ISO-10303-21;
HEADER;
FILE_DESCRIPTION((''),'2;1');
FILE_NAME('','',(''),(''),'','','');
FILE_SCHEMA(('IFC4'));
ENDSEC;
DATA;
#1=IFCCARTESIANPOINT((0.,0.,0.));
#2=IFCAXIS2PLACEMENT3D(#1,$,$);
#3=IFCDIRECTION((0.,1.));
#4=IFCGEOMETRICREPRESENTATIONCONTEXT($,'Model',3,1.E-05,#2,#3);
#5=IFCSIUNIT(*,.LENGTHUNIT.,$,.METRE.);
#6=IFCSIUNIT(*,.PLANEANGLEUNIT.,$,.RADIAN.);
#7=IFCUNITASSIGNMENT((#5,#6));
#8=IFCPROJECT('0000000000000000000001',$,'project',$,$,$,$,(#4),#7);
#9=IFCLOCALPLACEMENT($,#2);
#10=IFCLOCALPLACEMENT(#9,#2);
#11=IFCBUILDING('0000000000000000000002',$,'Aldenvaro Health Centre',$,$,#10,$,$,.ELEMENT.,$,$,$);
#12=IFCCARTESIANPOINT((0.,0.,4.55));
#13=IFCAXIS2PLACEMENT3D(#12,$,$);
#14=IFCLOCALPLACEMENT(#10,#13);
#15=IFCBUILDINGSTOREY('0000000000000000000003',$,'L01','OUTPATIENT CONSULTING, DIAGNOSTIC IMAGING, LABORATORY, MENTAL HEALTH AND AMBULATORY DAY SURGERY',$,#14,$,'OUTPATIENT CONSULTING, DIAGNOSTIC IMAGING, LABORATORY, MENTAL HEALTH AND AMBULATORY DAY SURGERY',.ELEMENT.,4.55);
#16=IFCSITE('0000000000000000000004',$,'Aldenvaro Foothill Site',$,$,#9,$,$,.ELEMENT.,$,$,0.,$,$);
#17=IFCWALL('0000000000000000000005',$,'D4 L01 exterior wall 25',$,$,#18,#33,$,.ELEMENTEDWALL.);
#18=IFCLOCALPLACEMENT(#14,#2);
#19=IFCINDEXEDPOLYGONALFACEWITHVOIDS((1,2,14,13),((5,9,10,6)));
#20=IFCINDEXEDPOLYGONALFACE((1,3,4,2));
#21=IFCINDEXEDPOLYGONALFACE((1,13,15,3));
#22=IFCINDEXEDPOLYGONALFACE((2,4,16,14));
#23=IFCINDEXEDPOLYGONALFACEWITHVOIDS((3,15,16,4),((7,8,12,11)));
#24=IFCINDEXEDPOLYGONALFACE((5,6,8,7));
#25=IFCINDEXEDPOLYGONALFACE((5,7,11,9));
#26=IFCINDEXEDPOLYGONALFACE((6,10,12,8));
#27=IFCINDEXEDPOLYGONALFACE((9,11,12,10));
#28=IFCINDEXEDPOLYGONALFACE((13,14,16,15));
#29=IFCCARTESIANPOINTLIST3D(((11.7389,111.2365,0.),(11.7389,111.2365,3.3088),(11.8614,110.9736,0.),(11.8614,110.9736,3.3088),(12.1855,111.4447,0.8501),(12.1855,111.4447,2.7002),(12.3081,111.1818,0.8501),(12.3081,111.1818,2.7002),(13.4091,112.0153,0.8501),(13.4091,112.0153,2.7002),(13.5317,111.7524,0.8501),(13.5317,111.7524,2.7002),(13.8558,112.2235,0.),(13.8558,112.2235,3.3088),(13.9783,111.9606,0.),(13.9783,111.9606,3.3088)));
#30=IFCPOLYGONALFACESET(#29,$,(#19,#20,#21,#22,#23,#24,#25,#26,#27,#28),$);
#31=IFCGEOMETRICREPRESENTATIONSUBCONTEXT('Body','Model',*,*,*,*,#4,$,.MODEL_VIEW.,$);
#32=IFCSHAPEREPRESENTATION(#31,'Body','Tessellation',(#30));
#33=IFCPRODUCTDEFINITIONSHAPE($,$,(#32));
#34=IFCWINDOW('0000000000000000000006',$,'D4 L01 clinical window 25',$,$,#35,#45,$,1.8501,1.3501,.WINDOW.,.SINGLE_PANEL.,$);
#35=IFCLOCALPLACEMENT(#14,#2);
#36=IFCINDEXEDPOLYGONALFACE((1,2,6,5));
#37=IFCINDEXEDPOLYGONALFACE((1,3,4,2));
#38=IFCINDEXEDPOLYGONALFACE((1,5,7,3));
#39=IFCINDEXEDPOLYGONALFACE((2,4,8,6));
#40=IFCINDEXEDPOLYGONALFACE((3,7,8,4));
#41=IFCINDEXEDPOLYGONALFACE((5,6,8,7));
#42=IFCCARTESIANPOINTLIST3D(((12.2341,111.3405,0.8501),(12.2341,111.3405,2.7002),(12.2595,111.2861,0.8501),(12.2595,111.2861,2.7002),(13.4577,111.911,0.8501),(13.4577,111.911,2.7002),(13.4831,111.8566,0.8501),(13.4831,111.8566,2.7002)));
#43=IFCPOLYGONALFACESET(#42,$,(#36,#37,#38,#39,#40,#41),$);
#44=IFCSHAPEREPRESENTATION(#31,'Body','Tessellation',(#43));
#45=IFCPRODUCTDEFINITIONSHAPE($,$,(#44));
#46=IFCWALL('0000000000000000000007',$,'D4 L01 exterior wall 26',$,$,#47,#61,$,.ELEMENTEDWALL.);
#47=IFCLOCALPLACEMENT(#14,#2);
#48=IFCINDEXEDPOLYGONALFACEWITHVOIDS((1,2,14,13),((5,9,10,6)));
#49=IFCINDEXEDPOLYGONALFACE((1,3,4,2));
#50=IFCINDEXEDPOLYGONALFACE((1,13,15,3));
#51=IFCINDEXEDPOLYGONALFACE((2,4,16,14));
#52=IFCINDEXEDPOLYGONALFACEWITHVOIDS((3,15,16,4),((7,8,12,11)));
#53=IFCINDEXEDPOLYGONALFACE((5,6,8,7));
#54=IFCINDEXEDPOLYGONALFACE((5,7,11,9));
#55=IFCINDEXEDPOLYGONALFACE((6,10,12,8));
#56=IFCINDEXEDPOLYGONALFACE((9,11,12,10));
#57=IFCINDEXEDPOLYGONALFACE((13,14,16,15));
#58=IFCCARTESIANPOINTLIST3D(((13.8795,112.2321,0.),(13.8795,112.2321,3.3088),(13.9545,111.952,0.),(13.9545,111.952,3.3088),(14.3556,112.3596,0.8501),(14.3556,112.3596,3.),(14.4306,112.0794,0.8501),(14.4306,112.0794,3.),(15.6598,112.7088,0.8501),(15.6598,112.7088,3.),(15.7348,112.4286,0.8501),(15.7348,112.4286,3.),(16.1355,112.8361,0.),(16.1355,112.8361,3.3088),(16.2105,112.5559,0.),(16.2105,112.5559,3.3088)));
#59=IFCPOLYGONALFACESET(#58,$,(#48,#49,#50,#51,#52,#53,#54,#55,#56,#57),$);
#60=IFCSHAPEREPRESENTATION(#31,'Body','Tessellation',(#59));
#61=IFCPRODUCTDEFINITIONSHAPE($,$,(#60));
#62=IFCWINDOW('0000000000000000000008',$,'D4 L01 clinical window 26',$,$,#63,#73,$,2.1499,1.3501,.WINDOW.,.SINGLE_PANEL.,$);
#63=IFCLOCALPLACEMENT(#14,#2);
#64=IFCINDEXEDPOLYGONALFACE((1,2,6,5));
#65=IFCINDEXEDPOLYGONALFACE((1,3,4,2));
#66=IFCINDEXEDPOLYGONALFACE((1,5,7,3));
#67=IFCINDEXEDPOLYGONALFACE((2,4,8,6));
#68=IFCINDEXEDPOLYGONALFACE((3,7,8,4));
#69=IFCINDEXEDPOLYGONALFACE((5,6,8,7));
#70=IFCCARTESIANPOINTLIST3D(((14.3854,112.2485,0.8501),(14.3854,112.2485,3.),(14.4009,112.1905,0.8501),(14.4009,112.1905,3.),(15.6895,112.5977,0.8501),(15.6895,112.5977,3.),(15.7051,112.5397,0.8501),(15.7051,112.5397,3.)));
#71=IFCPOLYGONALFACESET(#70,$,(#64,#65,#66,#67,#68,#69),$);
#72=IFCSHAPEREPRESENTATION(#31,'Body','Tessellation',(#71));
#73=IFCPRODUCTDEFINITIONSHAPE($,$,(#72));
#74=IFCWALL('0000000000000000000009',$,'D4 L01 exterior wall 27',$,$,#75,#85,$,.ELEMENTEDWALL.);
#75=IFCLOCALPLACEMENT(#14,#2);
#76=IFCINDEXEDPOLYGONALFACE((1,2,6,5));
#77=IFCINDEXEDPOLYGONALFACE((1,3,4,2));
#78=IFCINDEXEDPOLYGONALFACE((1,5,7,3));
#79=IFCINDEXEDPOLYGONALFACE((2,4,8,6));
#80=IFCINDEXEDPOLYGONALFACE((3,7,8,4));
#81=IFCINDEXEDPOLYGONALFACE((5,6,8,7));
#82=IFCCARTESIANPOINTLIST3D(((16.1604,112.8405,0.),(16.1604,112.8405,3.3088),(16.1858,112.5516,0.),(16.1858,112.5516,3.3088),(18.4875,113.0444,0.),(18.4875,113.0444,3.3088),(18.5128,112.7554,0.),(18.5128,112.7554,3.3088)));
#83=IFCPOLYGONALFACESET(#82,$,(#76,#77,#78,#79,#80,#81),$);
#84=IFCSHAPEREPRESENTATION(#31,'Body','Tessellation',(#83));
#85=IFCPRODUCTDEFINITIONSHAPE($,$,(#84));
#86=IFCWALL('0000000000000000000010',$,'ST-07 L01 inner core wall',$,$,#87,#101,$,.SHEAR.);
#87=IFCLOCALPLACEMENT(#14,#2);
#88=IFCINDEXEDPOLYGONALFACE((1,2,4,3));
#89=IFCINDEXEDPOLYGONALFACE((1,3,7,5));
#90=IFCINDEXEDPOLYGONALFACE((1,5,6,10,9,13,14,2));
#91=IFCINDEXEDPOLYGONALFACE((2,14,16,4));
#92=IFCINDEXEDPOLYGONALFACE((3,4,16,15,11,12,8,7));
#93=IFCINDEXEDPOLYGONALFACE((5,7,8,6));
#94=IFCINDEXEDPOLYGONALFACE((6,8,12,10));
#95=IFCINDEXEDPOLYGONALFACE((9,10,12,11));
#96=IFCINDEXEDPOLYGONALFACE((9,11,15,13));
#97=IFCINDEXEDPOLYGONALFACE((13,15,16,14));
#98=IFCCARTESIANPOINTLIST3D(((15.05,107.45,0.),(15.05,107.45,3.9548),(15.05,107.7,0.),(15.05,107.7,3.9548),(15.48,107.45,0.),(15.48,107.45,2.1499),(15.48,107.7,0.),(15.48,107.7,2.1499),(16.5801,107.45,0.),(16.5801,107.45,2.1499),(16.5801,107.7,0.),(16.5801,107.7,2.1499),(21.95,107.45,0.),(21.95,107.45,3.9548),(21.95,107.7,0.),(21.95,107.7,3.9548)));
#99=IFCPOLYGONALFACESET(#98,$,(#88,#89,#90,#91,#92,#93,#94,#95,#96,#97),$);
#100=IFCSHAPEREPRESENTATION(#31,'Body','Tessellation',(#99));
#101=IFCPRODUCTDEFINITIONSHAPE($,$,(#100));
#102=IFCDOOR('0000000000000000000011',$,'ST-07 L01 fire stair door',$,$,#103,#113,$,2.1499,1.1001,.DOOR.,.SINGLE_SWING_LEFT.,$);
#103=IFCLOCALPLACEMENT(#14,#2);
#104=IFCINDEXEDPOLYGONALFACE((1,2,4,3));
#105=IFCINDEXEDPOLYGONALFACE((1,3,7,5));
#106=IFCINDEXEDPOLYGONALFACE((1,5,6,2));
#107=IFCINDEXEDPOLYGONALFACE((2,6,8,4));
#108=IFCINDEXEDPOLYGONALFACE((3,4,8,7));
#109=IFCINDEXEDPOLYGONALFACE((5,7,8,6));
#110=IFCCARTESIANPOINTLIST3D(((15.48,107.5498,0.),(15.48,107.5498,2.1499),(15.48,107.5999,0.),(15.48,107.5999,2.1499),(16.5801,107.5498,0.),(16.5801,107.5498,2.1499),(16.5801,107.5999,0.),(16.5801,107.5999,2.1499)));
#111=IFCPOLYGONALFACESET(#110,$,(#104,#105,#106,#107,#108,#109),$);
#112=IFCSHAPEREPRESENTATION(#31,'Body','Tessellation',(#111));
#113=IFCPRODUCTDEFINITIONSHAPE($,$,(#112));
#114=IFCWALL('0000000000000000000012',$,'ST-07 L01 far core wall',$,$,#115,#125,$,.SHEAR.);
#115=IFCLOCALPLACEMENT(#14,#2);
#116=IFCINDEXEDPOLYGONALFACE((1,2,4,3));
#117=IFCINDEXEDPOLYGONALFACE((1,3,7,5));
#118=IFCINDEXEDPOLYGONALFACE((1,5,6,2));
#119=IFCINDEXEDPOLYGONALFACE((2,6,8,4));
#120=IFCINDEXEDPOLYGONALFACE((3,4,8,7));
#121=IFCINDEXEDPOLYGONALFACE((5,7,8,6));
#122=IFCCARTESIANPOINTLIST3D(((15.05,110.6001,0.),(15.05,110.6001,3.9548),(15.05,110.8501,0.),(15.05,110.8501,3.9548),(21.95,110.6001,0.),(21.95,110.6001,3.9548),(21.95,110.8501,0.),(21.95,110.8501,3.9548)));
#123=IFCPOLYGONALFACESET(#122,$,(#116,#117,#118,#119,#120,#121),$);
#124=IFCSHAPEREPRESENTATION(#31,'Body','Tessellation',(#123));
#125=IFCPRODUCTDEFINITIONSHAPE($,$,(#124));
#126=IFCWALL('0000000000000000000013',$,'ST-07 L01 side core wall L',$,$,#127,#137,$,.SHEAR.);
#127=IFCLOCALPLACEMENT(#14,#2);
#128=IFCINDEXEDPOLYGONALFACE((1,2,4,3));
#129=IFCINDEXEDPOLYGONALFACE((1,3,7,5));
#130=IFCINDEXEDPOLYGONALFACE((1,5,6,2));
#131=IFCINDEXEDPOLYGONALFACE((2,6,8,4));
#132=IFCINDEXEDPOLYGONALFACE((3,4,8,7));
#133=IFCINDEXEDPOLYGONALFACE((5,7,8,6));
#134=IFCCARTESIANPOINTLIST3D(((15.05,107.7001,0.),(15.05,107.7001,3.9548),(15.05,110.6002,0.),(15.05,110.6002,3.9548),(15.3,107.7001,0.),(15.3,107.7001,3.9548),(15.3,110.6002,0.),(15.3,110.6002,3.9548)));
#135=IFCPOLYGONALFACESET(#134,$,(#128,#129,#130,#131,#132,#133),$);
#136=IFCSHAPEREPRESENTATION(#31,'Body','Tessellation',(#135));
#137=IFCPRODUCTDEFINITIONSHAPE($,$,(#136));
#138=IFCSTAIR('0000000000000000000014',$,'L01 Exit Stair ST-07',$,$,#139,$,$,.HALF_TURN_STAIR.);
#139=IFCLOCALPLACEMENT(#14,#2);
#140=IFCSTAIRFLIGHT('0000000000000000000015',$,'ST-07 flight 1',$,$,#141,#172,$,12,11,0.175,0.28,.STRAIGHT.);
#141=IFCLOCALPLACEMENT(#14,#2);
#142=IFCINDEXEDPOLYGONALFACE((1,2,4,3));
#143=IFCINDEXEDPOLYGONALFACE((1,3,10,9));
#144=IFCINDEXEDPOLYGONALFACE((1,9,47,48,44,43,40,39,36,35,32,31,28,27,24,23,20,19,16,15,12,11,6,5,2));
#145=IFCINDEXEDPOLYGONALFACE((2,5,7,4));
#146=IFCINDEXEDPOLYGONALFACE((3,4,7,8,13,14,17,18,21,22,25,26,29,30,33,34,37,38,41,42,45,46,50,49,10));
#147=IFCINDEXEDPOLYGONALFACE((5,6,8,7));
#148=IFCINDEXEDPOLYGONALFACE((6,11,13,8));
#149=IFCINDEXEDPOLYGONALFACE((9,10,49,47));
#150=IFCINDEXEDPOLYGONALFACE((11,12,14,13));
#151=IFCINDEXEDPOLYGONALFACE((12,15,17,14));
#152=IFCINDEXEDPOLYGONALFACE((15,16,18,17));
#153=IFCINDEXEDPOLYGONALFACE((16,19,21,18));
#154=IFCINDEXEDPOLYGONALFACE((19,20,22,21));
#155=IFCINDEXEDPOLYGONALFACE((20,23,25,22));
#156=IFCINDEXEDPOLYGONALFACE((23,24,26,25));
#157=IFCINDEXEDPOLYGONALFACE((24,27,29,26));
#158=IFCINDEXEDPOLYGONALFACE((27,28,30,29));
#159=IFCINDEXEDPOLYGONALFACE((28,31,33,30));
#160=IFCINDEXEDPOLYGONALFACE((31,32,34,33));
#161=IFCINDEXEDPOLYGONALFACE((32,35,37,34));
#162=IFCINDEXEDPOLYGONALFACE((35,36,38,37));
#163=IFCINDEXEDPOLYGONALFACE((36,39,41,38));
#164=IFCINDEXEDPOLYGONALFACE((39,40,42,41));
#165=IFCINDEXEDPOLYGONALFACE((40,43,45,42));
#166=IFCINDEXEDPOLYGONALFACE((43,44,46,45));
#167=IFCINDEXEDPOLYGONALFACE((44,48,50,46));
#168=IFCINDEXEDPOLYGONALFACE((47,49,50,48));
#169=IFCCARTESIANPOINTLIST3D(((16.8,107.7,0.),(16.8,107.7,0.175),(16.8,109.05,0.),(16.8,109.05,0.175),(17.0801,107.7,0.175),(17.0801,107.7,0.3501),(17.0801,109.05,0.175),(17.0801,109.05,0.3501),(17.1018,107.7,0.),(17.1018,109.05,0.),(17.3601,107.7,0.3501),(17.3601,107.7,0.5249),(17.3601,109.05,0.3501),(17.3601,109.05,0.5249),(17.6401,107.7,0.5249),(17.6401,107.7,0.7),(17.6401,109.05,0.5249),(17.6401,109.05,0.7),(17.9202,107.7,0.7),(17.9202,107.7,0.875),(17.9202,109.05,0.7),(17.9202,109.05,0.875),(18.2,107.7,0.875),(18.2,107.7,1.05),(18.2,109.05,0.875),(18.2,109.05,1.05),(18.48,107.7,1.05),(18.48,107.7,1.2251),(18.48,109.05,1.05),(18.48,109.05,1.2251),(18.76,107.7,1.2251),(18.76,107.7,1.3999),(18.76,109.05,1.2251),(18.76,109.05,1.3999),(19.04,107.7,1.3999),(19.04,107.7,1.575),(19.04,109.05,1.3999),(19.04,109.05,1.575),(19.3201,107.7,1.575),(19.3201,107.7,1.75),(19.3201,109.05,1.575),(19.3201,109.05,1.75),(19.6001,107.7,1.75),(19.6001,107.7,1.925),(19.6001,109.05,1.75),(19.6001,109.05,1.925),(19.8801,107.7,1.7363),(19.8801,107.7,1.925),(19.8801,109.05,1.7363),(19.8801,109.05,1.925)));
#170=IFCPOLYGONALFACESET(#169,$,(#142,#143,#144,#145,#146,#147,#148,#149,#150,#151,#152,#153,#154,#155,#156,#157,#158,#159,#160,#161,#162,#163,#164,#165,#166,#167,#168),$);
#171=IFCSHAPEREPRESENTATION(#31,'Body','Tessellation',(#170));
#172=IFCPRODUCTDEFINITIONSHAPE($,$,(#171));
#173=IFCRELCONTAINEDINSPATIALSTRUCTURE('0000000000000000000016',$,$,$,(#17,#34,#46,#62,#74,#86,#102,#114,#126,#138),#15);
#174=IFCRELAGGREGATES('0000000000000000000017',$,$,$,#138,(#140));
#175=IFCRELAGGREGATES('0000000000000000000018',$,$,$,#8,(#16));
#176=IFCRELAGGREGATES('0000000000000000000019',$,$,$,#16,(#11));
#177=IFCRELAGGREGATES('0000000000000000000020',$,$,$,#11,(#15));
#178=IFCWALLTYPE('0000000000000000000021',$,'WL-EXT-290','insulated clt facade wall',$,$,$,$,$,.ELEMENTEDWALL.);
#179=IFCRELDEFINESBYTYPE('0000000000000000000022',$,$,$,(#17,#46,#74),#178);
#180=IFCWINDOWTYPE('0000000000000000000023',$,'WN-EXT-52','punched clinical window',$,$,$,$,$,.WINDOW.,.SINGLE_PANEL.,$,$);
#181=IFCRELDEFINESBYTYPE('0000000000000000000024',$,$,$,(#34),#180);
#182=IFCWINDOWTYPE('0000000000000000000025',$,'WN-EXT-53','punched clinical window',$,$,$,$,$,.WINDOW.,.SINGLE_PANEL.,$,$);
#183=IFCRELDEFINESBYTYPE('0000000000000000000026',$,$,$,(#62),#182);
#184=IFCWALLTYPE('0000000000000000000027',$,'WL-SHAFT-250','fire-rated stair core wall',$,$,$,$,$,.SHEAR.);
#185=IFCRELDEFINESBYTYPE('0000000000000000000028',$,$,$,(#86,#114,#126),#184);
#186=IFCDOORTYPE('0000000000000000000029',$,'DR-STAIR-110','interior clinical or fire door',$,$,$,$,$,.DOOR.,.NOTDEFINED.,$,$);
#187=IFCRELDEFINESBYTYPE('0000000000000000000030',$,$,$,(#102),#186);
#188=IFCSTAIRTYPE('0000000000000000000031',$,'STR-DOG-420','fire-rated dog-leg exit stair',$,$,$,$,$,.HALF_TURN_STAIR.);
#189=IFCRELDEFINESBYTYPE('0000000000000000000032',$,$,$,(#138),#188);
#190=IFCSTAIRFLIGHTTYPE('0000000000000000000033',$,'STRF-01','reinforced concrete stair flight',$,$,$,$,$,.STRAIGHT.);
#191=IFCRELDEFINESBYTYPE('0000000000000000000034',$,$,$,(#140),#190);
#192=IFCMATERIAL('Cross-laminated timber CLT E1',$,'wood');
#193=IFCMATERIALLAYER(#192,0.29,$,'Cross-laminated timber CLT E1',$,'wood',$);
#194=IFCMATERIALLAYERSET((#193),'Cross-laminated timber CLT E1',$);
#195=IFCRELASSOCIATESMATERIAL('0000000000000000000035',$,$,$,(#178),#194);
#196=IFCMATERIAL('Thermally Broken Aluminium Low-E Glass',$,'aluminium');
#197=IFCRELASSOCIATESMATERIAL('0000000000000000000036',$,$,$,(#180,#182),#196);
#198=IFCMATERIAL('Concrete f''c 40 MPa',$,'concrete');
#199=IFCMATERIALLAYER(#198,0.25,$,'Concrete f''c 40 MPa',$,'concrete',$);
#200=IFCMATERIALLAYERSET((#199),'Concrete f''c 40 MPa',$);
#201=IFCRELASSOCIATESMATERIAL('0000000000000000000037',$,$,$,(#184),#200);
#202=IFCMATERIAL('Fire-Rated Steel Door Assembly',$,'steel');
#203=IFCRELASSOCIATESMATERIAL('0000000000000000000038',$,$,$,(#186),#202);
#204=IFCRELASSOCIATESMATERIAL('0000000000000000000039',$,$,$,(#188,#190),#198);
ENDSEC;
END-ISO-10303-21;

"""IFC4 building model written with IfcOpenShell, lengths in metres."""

from ifc_helpers import new_model, si_unit, direction, frame, frame_2d, origin, place, context, subcontext, project, spatial, polyline, rectangle, outline, extrude, material, layer, layer_set, type_object, element, fill, aggregate, save


model = new_model("IFC4")

# Units and contexts
model_context = context("Model", 3, precision=1e-05, world=origin(), true_north=direction((0.0, 1.0)))
body_context = subcontext(model_context, "Body", "Model", "MODEL_VIEW")
ifc_project = project(units=[si_unit("LENGTHUNIT", "METRE"), si_unit("PLANEANGLEUNIT", "RADIAN")], contexts=[model_context])

# Site, building, storey
site_placement = place(None, origin())
site = spatial("IfcSite", under=ifc_project, at=site_placement, Name="Aldenvaro Foothill Site", CompositionType="ELEMENT", RefElevation=0.0)
building_placement = place(site_placement, origin())
building = spatial("IfcBuilding", under=site, at=building_placement, Name="Aldenvaro Health Centre", CompositionType="ELEMENT")
storey_placement = place(building_placement, frame((0.0, 0.0, 4.55)))
storey = spatial("IfcBuildingStorey", under=building, at=storey_placement, Name="L01", Description="OUTPATIENT CONSULTING, DIAGNOSTIC IMAGING, LABORATORY, MENTAL HEALTH AND AMBULATORY DAY SURGERY", LongName="OUTPATIENT CONSULTING, DIAGNOSTIC IMAGING, LABORATORY, MENTAL HEALTH AND AMBULATORY DAY SURGERY", CompositionType="ELEMENT", Elevation=4.55)

# Walls, openings, windows
ifc_material_1 = material(Name="Cross-laminated timber CLT E1", Category="wood")
ifc_layer_1 = layer(ifc_material_1, 0.29, Name="Cross-laminated timber CLT E1", Category="wood")
ifc_layer_set_1 = layer_set([ifc_layer_1], Name="Cross-laminated timber CLT E1")
wall_type_1 = type_object("IfcWallType", Name="WL-EXT-290", Description="insulated clt facade wall", PredefinedType="ELEMENTEDWALL", material=ifc_layer_set_1)
wall_1_placement = place(storey_placement, frame((11.8, 111.105, 0.0), z_axis=(0.0, 0.0, 1.0), x_axis=(0.906322, 0.422588, 0.0)))
wall_1 = element("IfcWall", 1, at=wall_1_placement, inside=storey, type_object=wall_type_1, Name="D4 L01 exterior wall 25", PredefinedType="ELEMENTEDWALL", context=body_context, shape_type="SweptSolid", body=[
    extrude(rectangle(XDim=2.3357, YDim=0.29, at=frame_2d((1.168, 0.0))), origin(), (0.0, 0.0, 1.0), 3.3088),
])
opening_1_placement = place(wall_1_placement, frame((0.4929, 0.0, 0.8501)))
opening_1 = element("IfcOpeningElement", 2, at=opening_1_placement, cuts=wall_1, PredefinedType="OPENING", context=body_context, shape_type="SweptSolid", body=[
    extrude(rectangle(XDim=1.3501, YDim=1.8501, at=frame_2d((0.675, 0.925))), frame((0.0, 0.155, 0.0), z_axis=(0.0, -1.0, 0.0), x_axis=(1.0, 0.0, 0.0)), (0.0, 0.0, 1.0), 0.3101),
])
ifc_material_2 = material(Name="Thermally Broken Aluminium Low-E Glass", Category="aluminium")
window_type_1 = type_object("IfcWindowType", Name="WN-EXT-52", Description="punched clinical window", PartitioningType="SINGLE_PANEL", PredefinedType="WINDOW", material=ifc_material_2)
window_1_placement = place(opening_1_placement, origin())
window_1 = element("IfcWindow", 3, at=window_1_placement, inside=storey, type_object=window_type_1, Name="D4 L01 clinical window 25", OverallHeight=1.8501, OverallWidth=1.3501, PartitioningType="SINGLE_PANEL", PredefinedType="WINDOW", context=body_context, shape_type="SweptSolid", body=[
    extrude(rectangle(XDim=1.3501, YDim=1.8501, at=frame_2d((0.675, 0.925))), frame((0.0, 0.03, 0.0), z_axis=(0.0, -1.0, 0.0), x_axis=(1.0, 0.0, 0.0)), (0.0, 0.0, 1.0), 0.0601),
])
fill(opening_1, window_1)
wall_2_placement = place(storey_placement, frame((13.917, 112.092, 0.0), z_axis=(0.0, 0.0, 1.0), x_axis=(0.965981, 0.258612, 0.0)))
wall_2 = element("IfcWall", 4, at=wall_2_placement, inside=storey, type_object=wall_type_1, Name="D4 L01 exterior wall 26", PredefinedType="ELEMENTEDWALL", context=body_context, shape_type="SweptSolid", body=[
    extrude(rectangle(XDim=2.3354, YDim=0.29, at=frame_2d((1.1677, 0.0))), origin(), (0.0, 0.0, 1.0), 3.3088),
])
opening_2_placement = place(wall_2_placement, frame((0.4929, 0.0, 0.8501)))
opening_2 = element("IfcOpeningElement", 5, at=opening_2_placement, cuts=wall_2, PredefinedType="OPENING", context=body_context, shape_type="SweptSolid", body=[
    extrude(rectangle(XDim=1.3501, YDim=2.1499, at=frame_2d((0.675, 1.075))), frame((0.0, 0.155, 0.0), z_axis=(0.0, -1.0, 0.0), x_axis=(1.0, 0.0, 0.0)), (0.0, 0.0, 1.0), 0.3101),
])
window_type_2 = type_object("IfcWindowType", Name="WN-EXT-53", Description="punched clinical window", PartitioningType="SINGLE_PANEL", PredefinedType="WINDOW", material=ifc_material_2)
window_2_placement = place(opening_2_placement, origin())
window_2 = element("IfcWindow", 6, at=window_2_placement, inside=storey, type_object=window_type_2, Name="D4 L01 clinical window 26", OverallHeight=2.1499, OverallWidth=1.3501, PartitioningType="SINGLE_PANEL", PredefinedType="WINDOW", context=body_context, shape_type="SweptSolid", body=[
    extrude(rectangle(XDim=1.3501, YDim=2.1499, at=frame_2d((0.675, 1.075))), frame((0.0, 0.03, 0.0), z_axis=(0.0, -1.0, 0.0), x_axis=(1.0, 0.0, 0.0)), (0.0, 0.0, 1.0), 0.0601),
])
fill(opening_2, window_2)

# Wall
wall_3_placement = place(storey_placement, frame((16.1731, 112.696, 0.0), z_axis=(0.0, 0.0, 1.0), x_axis=(0.996184, 0.087275, 0.0)))
element("IfcWall", 7, at=wall_3_placement, inside=storey, type_object=wall_type_1, Name="D4 L01 exterior wall 27", PredefinedType="ELEMENTEDWALL", context=body_context, shape_type="SweptSolid", body=[
    extrude(rectangle(XDim=2.3359, YDim=0.29, at=frame_2d((1.168, 0.0))), origin(), (0.0, 0.0, 1.0), 3.3088),
])

# Wall, opening, door
ifc_material_3 = material(Name="Concrete f'c 40 MPa", Category="concrete")
ifc_layer_2 = layer(ifc_material_3, 0.25, Name="Concrete f'c 40 MPa", Category="concrete")
ifc_layer_set_2 = layer_set([ifc_layer_2], Name="Concrete f'c 40 MPa")
wall_type_2 = type_object("IfcWallType", Name="WL-SHAFT-250", Description="fire-rated stair core wall", PredefinedType="SHEAR", material=ifc_layer_set_2)
wall_4_placement = place(storey_placement, frame((15.05, 107.575, 0.0), z_axis=(0.0, 0.0, 1.0), x_axis=(1.0, 0.0, 0.0)))
wall_4 = element("IfcWall", 8, at=wall_4_placement, inside=storey, type_object=wall_type_2, Name="ST-07 L01 inner core wall", PredefinedType="SHEAR", context=body_context, shape_type="SweptSolid", body=[
    extrude(rectangle(XDim=6.8999, YDim=0.25, at=frame_2d((3.45, 0.0))), origin(), (0.0, 0.0, 1.0), 3.9548),
])
opening_3_placement = place(wall_4_placement, frame((0.4299, 0.0, 0.0)))
opening_3 = element("IfcOpeningElement", 9, at=opening_3_placement, cuts=wall_4, PredefinedType="OPENING", context=body_context, shape_type="SweptSolid", body=[
    extrude(rectangle(XDim=1.1001, YDim=2.1499, at=frame_2d((0.55, 1.075))), frame((0.0, 0.135, 0.0), z_axis=(0.0, -1.0, 0.0), x_axis=(1.0, 0.0, 0.0)), (0.0, 0.0, 1.0), 0.27),
])
ifc_material_4 = material(Name="Fire-Rated Steel Door Assembly", Category="steel")
door_type_1 = type_object("IfcDoorType", Name="DR-STAIR-110", Description="interior clinical or fire door", OperationType="NOTDEFINED", PredefinedType="DOOR", material=ifc_material_4)
door_1_placement = place(opening_3_placement, origin())
door_1 = element("IfcDoor", 10, at=door_1_placement, inside=storey, type_object=door_type_1, Name="ST-07 L01 fire stair door", OperationType="SINGLE_SWING_LEFT", OverallHeight=2.1499, OverallWidth=1.1001, PredefinedType="DOOR", context=body_context, shape_type="SweptSolid", body=[
    extrude(rectangle(XDim=1.1001, YDim=2.1499, at=frame_2d((0.55, 1.075))), frame((0.0, 0.0249, 0.0), z_axis=(0.0, -1.0, 0.0), x_axis=(1.0, 0.0, 0.0)), (0.0, 0.0, 1.0), 0.05),
])
fill(opening_3, door_1)

# Walls
wall_5_placement = place(storey_placement, frame((15.05, 110.7251, 0.0), z_axis=(0.0, 0.0, 1.0), x_axis=(1.0, 0.0, 0.0)))
element("IfcWall", 11, at=wall_5_placement, inside=storey, type_object=wall_type_2, Name="ST-07 L01 far core wall", PredefinedType="SHEAR", context=body_context, shape_type="SweptSolid", body=[
    extrude(rectangle(XDim=6.8999, YDim=0.25, at=frame_2d((3.45, 0.0))), origin(), (0.0, 0.0, 1.0), 3.9548),
])
wall_6_placement = place(storey_placement, frame((15.175, 107.7, 0.0), z_axis=(0.0, 0.0, 1.0), x_axis=(0.0, 1.0, 0.0)))
element("IfcWall", 12, at=wall_6_placement, inside=storey, type_object=wall_type_2, Name="ST-07 L01 side core wall L", PredefinedType="SHEAR", context=body_context, shape_type="SweptSolid", body=[
    extrude(rectangle(XDim=2.9001, YDim=0.25, at=frame_2d((1.4502, 0.0))), origin(), (0.0, 0.0, 1.0), 3.9548),
])

# Stair, stair flight
stair_type = type_object("IfcStairType", Name="STR-DOG-420", Description="fire-rated dog-leg exit stair", PredefinedType="HALF_TURN_STAIR", material=ifc_material_3)
stair_placement = place(storey_placement, origin())
stair = element("IfcStair", 13, at=stair_placement, inside=storey, type_object=stair_type, Name="L01 Exit Stair ST-07", PredefinedType="HALF_TURN_STAIR")
stair_flight_type = type_object("IfcStairFlightType", Name="STRF-01", Description="reinforced concrete stair flight", PredefinedType="STRAIGHT", material=ifc_material_3)
stair_flight_placement = place(storey_placement, frame((16.8, 108.375, 0.0), z_axis=(0.0, 0.0, 1.0), x_axis=(1.0, 0.0, 0.0)))
stair_flight = element("IfcStairFlight", 14, at=stair_flight_placement, type_object=stair_flight_type, Name="ST-07 flight 1", NumberOfRisers=12, NumberOfTreads=11, PredefinedType="STRAIGHT", RiserHeight=0.175, TreadLength=0.28, context=body_context, shape_type="SweptSolid", body=[
    extrude(outline(polyline([(0.0, 0.0), (0.0, 0.175), (0.28, 0.175), (0.28, 0.3501), (0.5601, 0.3501), (0.5601, 0.5249), (0.8401, 0.5249), (0.8401, 0.7), (1.1201, 0.7), (1.1201, 0.875), (1.3999, 0.875), (1.3999, 1.05), (1.6799, 1.05), (1.6799, 1.2251), (1.96, 1.2251), (1.96, 1.3999), (2.24, 1.3999), (2.24, 1.575), (2.52, 1.575), (2.52, 1.75), (2.8, 1.75), (2.8, 1.925), (3.0801, 1.925), (3.0801, 2.1001), (3.0801, 1.7363), (0.3018, 0.0), (0.0, 0.0)])), frame((0.0, 0.675, 0.0), z_axis=(0.0, -1.0, 0.0), x_axis=(1.0, 0.0, 0.0)), (0.0, 0.0, 1.0), 1.3501),
])
aggregate(stair, [stair_flight])

save(model, "model.ifc")
